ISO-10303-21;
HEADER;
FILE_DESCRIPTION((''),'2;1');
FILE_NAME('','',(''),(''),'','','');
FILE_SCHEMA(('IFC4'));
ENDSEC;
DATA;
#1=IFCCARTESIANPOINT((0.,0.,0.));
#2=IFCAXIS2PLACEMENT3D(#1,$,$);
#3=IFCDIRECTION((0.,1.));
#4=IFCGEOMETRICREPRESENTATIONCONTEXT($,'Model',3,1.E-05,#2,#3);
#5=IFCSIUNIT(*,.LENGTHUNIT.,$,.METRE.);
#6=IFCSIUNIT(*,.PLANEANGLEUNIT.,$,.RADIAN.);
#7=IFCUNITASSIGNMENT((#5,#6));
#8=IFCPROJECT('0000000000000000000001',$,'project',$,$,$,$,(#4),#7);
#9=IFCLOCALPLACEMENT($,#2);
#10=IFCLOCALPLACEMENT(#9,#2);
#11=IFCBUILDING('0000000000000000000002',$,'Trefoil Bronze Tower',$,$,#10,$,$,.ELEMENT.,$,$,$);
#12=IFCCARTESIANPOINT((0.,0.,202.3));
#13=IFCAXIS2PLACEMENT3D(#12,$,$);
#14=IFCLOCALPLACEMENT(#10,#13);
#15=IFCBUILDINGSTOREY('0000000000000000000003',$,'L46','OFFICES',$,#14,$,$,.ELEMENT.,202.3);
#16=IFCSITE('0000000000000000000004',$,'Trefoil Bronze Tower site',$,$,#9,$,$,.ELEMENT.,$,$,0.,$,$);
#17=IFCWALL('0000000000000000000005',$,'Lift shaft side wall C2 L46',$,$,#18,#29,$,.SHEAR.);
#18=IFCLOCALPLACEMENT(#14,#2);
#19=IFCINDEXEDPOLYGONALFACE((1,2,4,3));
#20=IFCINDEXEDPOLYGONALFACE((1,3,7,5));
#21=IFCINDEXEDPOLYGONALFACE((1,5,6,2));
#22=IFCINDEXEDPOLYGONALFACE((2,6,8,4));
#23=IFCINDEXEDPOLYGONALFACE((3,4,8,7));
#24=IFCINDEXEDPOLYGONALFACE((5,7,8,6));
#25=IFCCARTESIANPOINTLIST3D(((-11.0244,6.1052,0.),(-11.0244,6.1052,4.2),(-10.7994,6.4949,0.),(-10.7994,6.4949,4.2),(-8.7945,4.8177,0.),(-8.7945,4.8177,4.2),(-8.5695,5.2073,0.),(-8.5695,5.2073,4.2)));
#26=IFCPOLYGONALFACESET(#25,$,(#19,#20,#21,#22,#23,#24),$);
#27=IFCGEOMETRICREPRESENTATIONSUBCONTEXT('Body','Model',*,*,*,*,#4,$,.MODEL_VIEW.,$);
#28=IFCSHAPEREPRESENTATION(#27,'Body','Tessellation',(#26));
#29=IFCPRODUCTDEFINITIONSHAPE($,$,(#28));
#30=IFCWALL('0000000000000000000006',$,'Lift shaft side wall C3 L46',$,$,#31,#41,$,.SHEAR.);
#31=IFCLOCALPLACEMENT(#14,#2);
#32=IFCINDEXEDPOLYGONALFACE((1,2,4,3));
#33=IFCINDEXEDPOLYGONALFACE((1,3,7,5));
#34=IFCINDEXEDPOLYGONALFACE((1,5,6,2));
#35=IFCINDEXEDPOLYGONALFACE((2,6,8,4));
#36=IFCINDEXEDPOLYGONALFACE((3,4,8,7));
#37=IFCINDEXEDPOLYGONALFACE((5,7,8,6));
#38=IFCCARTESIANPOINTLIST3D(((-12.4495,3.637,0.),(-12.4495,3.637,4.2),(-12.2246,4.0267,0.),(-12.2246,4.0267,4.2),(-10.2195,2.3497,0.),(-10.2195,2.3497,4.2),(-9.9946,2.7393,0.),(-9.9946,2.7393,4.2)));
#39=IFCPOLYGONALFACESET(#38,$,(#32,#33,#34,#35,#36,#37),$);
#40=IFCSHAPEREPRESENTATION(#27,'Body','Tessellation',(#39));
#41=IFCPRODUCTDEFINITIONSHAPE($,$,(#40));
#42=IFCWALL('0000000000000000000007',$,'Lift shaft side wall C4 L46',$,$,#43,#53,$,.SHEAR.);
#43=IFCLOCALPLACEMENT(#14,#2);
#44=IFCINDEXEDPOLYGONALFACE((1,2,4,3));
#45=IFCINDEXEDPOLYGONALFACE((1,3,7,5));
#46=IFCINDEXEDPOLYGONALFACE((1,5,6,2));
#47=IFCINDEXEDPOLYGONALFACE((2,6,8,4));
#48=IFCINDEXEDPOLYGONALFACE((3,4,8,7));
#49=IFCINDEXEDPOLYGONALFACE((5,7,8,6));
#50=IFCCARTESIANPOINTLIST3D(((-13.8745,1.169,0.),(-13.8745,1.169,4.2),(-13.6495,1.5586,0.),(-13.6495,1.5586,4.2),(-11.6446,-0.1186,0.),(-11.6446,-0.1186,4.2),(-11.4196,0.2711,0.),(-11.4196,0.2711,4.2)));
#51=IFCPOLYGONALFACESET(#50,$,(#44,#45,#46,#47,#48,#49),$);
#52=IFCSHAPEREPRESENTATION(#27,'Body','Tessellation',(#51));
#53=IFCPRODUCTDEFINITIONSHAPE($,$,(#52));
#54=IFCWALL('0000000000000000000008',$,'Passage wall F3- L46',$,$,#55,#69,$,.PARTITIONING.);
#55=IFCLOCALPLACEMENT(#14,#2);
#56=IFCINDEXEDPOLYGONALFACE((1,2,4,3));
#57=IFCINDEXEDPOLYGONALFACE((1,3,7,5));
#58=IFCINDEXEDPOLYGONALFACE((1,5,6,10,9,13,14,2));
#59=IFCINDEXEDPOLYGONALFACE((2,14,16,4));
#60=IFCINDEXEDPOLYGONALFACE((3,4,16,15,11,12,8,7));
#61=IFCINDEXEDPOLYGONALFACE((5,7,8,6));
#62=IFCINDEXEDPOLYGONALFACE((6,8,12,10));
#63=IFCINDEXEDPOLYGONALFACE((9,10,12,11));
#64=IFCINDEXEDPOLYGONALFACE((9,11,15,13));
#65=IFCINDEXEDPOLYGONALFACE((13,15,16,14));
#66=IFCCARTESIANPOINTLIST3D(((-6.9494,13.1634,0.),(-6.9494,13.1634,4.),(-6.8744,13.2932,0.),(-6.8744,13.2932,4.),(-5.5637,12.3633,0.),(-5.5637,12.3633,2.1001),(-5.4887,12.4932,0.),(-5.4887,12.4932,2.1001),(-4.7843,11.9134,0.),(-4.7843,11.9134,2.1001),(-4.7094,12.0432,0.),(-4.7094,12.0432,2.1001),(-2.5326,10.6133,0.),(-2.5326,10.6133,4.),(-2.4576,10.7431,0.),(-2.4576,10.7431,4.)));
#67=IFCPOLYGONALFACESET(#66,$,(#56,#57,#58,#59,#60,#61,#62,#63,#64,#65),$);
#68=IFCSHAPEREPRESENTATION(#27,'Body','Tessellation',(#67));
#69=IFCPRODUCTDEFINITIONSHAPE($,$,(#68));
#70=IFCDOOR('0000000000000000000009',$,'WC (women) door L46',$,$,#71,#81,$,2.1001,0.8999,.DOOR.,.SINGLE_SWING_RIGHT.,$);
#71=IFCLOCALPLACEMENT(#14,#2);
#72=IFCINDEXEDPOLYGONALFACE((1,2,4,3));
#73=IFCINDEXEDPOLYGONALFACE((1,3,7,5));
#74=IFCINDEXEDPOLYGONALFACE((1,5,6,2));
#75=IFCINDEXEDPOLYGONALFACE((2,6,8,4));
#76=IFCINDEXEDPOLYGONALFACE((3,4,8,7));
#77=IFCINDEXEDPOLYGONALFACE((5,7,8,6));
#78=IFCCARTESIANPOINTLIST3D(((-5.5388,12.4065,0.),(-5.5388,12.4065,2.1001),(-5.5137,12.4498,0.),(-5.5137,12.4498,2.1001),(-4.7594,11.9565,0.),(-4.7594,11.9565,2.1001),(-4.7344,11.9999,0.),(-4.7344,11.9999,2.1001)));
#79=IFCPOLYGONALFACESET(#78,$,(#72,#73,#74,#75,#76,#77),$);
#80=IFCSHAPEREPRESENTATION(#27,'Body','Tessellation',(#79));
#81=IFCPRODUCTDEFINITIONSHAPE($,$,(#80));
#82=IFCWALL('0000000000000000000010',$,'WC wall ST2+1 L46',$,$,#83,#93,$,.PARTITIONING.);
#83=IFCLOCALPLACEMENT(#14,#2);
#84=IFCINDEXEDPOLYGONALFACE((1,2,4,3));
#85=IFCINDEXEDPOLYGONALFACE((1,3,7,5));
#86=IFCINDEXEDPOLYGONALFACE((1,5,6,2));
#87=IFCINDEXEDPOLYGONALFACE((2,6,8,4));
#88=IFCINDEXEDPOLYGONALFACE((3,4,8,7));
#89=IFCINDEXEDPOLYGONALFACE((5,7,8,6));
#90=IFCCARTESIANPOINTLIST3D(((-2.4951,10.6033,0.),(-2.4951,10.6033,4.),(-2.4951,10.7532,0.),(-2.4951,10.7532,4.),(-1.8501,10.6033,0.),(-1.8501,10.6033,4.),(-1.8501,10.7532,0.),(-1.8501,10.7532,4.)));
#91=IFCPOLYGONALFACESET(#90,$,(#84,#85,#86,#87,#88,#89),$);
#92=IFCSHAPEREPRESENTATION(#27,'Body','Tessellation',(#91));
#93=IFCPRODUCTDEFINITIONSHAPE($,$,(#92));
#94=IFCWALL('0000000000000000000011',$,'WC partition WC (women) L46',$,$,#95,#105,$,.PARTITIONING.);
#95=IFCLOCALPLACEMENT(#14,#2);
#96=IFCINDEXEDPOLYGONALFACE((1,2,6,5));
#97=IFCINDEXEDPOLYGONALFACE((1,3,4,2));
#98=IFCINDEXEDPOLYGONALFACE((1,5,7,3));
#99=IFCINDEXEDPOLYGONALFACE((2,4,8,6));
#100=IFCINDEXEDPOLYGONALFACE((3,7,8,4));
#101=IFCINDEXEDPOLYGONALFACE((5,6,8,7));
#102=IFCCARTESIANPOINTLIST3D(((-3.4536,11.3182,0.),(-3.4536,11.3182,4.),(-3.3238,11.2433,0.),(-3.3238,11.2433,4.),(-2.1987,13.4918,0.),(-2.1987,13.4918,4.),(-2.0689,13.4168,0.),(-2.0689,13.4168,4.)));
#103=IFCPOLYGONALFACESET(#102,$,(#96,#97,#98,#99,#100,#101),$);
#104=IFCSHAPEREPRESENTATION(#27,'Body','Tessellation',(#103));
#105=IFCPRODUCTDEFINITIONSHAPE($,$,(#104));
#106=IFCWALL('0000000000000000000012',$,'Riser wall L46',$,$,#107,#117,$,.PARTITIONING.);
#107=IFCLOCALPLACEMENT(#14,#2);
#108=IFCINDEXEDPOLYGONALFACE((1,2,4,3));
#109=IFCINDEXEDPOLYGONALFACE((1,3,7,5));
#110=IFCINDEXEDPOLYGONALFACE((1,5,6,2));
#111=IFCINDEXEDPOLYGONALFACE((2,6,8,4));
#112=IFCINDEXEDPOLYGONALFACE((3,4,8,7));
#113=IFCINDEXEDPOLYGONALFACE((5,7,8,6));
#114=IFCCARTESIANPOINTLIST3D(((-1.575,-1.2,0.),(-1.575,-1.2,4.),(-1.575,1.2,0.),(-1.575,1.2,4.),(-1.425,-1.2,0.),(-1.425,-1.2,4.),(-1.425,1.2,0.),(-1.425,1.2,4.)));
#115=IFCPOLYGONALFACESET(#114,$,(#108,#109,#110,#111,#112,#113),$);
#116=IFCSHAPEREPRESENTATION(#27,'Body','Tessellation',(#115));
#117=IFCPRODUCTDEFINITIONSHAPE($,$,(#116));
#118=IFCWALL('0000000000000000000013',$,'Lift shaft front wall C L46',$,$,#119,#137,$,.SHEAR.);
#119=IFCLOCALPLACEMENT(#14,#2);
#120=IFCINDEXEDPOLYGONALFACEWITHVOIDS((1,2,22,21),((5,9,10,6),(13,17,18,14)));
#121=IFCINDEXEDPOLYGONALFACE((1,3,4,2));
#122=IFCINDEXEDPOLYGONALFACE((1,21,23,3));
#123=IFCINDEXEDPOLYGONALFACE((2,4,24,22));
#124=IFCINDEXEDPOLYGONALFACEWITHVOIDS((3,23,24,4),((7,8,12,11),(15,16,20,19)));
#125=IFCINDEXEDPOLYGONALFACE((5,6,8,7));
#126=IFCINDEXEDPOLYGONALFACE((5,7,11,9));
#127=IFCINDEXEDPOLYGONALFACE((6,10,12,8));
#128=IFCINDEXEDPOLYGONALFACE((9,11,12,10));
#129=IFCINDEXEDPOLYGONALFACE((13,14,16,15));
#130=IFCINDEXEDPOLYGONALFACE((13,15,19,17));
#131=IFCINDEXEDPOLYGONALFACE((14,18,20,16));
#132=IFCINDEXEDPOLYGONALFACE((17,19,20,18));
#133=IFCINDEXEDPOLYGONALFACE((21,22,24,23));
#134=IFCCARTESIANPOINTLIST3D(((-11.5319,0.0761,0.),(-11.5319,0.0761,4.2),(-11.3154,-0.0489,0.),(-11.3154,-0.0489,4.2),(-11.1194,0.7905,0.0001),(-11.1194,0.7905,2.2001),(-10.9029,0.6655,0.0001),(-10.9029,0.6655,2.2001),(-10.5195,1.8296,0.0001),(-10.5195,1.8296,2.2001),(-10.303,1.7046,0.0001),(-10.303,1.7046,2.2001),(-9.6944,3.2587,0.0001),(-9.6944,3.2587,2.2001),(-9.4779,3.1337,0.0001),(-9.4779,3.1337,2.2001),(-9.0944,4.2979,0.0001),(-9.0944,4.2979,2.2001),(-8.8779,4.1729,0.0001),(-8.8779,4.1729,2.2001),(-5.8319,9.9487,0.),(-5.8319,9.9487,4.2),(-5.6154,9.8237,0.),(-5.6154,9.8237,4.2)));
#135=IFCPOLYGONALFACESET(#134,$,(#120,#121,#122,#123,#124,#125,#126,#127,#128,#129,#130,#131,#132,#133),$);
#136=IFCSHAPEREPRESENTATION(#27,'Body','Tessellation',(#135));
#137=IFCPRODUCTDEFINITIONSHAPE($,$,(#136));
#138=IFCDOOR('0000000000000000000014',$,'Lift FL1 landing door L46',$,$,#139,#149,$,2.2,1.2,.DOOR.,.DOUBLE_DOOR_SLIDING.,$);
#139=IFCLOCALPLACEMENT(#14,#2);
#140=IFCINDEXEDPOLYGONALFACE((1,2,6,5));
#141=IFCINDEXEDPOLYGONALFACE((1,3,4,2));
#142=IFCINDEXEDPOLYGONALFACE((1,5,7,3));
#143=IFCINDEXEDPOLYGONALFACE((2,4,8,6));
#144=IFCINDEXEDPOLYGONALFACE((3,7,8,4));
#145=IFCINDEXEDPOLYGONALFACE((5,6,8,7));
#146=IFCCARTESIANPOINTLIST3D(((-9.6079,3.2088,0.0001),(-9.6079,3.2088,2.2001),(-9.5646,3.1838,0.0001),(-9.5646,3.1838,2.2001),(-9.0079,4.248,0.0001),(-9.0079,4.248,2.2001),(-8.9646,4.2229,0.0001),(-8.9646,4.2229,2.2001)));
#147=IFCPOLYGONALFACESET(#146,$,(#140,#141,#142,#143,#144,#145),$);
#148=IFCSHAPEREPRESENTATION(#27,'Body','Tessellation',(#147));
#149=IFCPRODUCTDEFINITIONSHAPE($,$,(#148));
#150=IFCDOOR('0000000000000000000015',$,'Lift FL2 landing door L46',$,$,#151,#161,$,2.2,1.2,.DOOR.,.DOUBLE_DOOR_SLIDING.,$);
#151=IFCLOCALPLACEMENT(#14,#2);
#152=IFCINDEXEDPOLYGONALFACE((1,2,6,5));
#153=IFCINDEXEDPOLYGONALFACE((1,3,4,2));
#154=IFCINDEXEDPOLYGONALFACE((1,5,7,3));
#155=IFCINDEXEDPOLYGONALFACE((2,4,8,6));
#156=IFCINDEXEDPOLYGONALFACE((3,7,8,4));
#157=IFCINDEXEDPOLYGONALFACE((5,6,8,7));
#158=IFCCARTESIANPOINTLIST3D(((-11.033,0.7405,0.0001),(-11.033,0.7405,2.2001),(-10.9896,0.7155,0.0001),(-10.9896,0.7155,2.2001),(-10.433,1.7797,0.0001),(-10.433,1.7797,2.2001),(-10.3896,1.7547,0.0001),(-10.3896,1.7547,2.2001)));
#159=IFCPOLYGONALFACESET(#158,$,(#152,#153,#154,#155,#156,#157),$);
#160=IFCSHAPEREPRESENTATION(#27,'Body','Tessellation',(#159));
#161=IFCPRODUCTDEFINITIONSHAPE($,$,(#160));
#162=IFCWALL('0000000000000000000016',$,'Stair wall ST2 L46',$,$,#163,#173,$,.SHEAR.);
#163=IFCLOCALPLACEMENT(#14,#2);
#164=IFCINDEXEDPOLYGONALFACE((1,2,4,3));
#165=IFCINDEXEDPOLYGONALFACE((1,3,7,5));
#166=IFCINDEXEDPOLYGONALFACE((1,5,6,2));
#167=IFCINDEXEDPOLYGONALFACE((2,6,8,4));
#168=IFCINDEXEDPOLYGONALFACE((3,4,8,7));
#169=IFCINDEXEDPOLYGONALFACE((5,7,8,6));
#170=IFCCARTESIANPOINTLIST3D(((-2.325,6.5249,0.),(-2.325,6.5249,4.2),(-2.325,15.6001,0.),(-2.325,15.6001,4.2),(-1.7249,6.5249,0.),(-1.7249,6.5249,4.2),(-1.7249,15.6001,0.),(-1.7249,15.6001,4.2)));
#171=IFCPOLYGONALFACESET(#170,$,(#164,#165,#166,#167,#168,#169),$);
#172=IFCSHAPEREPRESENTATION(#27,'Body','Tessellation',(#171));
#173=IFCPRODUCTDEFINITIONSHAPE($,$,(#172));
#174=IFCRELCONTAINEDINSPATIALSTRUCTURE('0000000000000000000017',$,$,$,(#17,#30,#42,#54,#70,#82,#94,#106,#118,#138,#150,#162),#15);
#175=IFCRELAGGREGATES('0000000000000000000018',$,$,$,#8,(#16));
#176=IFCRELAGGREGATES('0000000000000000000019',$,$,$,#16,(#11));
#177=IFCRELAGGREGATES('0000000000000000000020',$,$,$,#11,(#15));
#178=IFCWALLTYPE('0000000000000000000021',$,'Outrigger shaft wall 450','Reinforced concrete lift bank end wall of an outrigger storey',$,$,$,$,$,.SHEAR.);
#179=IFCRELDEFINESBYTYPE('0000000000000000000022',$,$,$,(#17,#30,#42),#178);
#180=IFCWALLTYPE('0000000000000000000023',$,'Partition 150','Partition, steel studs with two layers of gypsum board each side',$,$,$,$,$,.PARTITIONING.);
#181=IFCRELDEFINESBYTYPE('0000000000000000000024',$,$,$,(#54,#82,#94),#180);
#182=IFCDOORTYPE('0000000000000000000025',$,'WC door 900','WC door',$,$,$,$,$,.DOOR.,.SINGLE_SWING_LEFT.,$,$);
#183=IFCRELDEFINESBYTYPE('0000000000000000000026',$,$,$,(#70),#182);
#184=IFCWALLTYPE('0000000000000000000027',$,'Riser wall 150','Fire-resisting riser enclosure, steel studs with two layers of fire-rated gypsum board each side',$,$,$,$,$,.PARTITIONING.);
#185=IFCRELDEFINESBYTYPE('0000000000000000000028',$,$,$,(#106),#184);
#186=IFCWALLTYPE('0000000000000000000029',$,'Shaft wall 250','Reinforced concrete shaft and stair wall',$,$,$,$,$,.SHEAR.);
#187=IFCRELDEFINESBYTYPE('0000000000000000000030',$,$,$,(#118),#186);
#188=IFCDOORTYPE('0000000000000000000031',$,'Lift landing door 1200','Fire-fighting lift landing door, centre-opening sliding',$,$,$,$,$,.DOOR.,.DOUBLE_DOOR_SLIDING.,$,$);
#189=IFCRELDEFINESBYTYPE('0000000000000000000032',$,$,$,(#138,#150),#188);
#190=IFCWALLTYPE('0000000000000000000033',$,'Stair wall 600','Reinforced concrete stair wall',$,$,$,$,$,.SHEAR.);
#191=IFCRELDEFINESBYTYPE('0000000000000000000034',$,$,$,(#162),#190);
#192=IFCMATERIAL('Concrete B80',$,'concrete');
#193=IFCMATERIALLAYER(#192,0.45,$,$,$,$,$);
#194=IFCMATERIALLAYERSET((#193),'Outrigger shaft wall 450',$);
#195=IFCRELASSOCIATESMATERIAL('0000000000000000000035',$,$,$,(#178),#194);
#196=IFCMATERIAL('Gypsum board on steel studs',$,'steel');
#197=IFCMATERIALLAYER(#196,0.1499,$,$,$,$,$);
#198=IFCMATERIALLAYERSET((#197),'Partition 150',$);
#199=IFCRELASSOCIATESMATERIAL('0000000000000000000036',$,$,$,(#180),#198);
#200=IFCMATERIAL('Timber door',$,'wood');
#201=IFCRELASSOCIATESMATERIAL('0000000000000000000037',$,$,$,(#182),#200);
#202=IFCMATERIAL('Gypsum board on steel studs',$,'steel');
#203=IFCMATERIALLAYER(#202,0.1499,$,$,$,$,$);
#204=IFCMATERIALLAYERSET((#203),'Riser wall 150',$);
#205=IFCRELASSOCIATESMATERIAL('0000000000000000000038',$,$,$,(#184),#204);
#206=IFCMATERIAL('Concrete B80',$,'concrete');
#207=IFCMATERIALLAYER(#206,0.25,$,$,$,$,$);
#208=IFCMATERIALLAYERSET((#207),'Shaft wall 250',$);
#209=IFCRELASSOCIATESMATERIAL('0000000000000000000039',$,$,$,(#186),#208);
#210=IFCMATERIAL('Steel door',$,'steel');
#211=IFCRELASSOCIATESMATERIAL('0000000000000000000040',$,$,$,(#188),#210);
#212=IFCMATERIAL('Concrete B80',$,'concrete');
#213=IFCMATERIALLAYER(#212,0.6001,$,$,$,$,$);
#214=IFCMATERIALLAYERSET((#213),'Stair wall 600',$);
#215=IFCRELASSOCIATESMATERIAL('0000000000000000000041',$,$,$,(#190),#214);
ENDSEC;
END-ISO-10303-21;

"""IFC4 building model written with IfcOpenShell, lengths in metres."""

from ifc_helpers import new_model, si_unit, direction, frame, frame_2d, origin, place, context, subcontext, project, spatial, rectangle, extrude, material, layer, layer_set, type_object, element, fill, save


model = new_model("IFC4")

# Units and contexts
model_context = context("Model", 3, precision=1e-05, world=origin(), true_north=direction((0.0, 1.0)))
body_context = subcontext(model_context, "Body", "Model", "MODEL_VIEW")
ifc_project = project(units=[si_unit("LENGTHUNIT", "METRE"), si_unit("PLANEANGLEUNIT", "RADIAN")], contexts=[model_context])

# Site, building, storey
site_placement = place(None, origin())
site = spatial("IfcSite", under=ifc_project, at=site_placement, Name="Trefoil Bronze Tower site", CompositionType="ELEMENT", RefElevation=0.0)
building_placement = place(site_placement, origin())
building = spatial("IfcBuilding", under=site, at=building_placement, Name="Trefoil Bronze Tower", CompositionType="ELEMENT")
storey_placement = place(building_placement, frame((0.0, 0.0, 202.3)))
storey = spatial("IfcBuildingStorey", under=building, at=storey_placement, Name="L46", Description="OFFICES", CompositionType="ELEMENT", Elevation=202.3)

# Walls
ifc_material_1 = material(Name="Concrete B80", Category="concrete")
ifc_layer_1 = layer(ifc_material_1, 0.45)
ifc_layer_set_1 = layer_set([ifc_layer_1], Name="Outrigger shaft wall 450")
wall_type_1 = type_object("IfcWallType", Name="Outrigger shaft wall 450", Description="Reinforced concrete lift bank end wall of an outrigger storey", PredefinedType="SHEAR", material=ifc_layer_set_1)
for number, where, z_axis, x_axis, name in (
    (1, (-8.6819, 5.0125, 0.0), (0.0, 0.0, 1.0), (-0.866006, 0.500034, 0.0), "Lift shaft side wall C2 L46"),
    (2, (-10.1069, 2.5444, 0.0), (0.0, 0.0, 1.0), (-0.866047, 0.499963, 0.0), "Lift shaft side wall C3 L46"),
    (3, (-11.532, 0.0762, 0.0), (0.0, 0.0, 1.0), (-0.866006, 0.500034, 0.0), "Lift shaft side wall C4 L46"),
):
    element("IfcWall", number, at=place(storey_placement, frame(where, z_axis=z_axis, x_axis=x_axis)), inside=storey, type_object=wall_type_1, Name=name, PredefinedType="SHEAR", context=body_context, shape_type="SweptSolid", body=[
        extrude(rectangle(XDim=2.575, YDim=0.45, at=frame_2d((1.2876, 0.0))), origin(), (0.0, 0.0, 1.0), 4.2),
    ])

# Wall, opening, door
ifc_material_2 = material(Name="Gypsum board on steel studs", Category="steel")
ifc_layer_2 = layer(ifc_material_2, 0.1499)
ifc_layer_set_2 = layer_set([ifc_layer_2], Name="Partition 150")
wall_type_2 = type_object("IfcWallType", Name="Partition 150", Description="Partition, steel studs with two layers of gypsum board each side", PredefinedType="PARTITIONING", material=ifc_layer_set_2)
wall_1_placement = place(storey_placement, frame((-2.4951, 10.6782, 0.0), z_axis=(0.0, 0.0, 1.0), x_axis=(-0.866022, 0.500006, 0.0)))
wall_1 = element("IfcWall", 4, at=wall_1_placement, inside=storey, type_object=wall_type_2, Name="Passage wall F3- L46", PredefinedType="PARTITIONING", context=body_context, shape_type="SweptSolid", body=[
    extrude(rectangle(XDim=5.1001, YDim=0.1499, at=frame_2d((2.55, 0.0))), origin(), (0.0, 0.0, 1.0), 4.0),
])
opening_1_placement = place(wall_1_placement, frame((2.6001, 0.0, 0.0)))
opening_1 = element("IfcOpeningElement", 5, at=opening_1_placement, cuts=wall_1, PredefinedType="OPENING", context=body_context, shape_type="SweptSolid", body=[
    extrude(rectangle(XDim=0.8999, YDim=2.1001, at=frame_2d((0.45, 1.05))), frame((0.0, 0.085, 0.0), z_axis=(0.0, -1.0, 0.0), x_axis=(1.0, 0.0, 0.0)), (0.0, 0.0, 1.0), 0.1699),
])
ifc_material_3 = material(Name="Timber door", Category="wood")
door_type_1 = type_object("IfcDoorType", Name="WC door 900", Description="WC door", OperationType="SINGLE_SWING_LEFT", PredefinedType="DOOR", material=ifc_material_3)
door_1_placement = place(opening_1_placement, frame((0.8999, 0.0, 0.0), z_axis=(0.0, 0.0, 1.0), x_axis=(-1.0, 0.0, 0.0)))
door_1 = element("IfcDoor", 6, at=door_1_placement, inside=storey, type_object=door_type_1, Name="WC (women) door L46", OperationType="SINGLE_SWING_RIGHT", OverallHeight=2.1001, OverallWidth=0.8999, PredefinedType="DOOR", context=body_context, shape_type="SweptSolid", body=[
    extrude(rectangle(XDim=0.8999, YDim=2.1001, at=frame_2d((0.45, 1.05))), frame((0.0, 0.0249, 0.0), z_axis=(0.0, -1.0, 0.0), x_axis=(1.0, 0.0, 0.0)), (0.0, 0.0, 1.0), 0.05),
])
fill(opening_1, door_1)

# Walls
wall_2_placement = place(storey_placement, frame((-2.4951, 10.6782, 0.0), z_axis=(0.0, 0.0, 1.0), x_axis=(1.0, 0.0, 0.0)))
element("IfcWall", 7, at=wall_2_placement, inside=storey, type_object=wall_type_2, Name="WC wall ST2+1 L46", PredefinedType="PARTITIONING", context=body_context, shape_type="SweptSolid", body=[
    extrude(rectangle(XDim=0.645, YDim=0.1499, at=frame_2d((0.3225, 0.0))), origin(), (0.0, 0.0, 1.0), 4.0),
])
wall_3_placement = place(storey_placement, frame((-3.3887, 11.2808, 0.0), z_axis=(0.0, 0.0, 1.0), x_axis=(0.499989, 0.866032, 0.0)))
element("IfcWall", 8, at=wall_3_placement, inside=storey, type_object=wall_type_2, Name="WC partition WC (women) L46", PredefinedType="PARTITIONING", context=body_context, shape_type="SweptSolid", body=[
    extrude(rectangle(XDim=2.5098, YDim=0.1499, at=frame_2d((1.2549, 0.0))), origin(), (0.0, 0.0, 1.0), 4.0),
])
ifc_material_4 = material(Name="Gypsum board on steel studs", Category="steel")
ifc_layer_3 = layer(ifc_material_4, 0.1499)
ifc_layer_set_3 = layer_set([ifc_layer_3], Name="Riser wall 150")
wall_type_3 = type_object("IfcWallType", Name="Riser wall 150", Description="Fire-resisting riser enclosure, steel studs with two layers of fire-rated gypsum board each side", PredefinedType="PARTITIONING", material=ifc_layer_set_3)
wall_4_placement = place(storey_placement, frame((-1.5, 1.2, 0.0), z_axis=(0.0, 0.0, 1.0), x_axis=(0.0, -1.0, 0.0)))
element("IfcWall", 9, at=wall_4_placement, inside=storey, type_object=wall_type_3, Name="Riser wall L46", PredefinedType="PARTITIONING", context=body_context, shape_type="SweptSolid", body=[
    extrude(rectangle(XDim=2.3999, YDim=0.1499, at=frame_2d((1.2, 0.0))), origin(), (0.0, 0.0, 1.0), 4.0),
])

# Wall, openings, doors
ifc_material_5 = material(Name="Concrete B80", Category="concrete")
ifc_layer_4 = layer(ifc_material_5, 0.25)
ifc_layer_set_4 = layer_set([ifc_layer_4], Name="Shaft wall 250")
wall_type_4 = type_object("IfcWallType", Name="Shaft wall 250", Description="Reinforced concrete shaft and stair wall", PredefinedType="SHEAR", material=ifc_layer_set_4)
wall_5_placement = place(storey_placement, frame((-5.7236, 9.8862, 0.0), z_axis=(0.0, 0.0, 1.0), x_axis=(-0.500002, -0.866024, 0.0)))
wall_5 = element("IfcWall", 10, at=wall_5_placement, inside=storey, type_object=wall_type_4, Name="Lift shaft front wall C L46", PredefinedType="SHEAR", context=body_context, shape_type="SweptSolid", body=[
    extrude(rectangle(XDim=11.3999, YDim=0.25, at=frame_2d((5.7, 0.0))), origin(), (0.0, 0.0, 1.0), 4.2),
])
opening_2_placement = place(wall_5_placement, frame((6.5249, 0.0, 0.0)))
opening_2 = element("IfcOpeningElement", 11, at=opening_2_placement, cuts=wall_5, PredefinedType="OPENING", context=body_context, shape_type="SweptSolid", body=[
    extrude(rectangle(XDim=1.2, YDim=2.2, at=frame_2d((0.6001, 1.1001))), frame((0.0, 0.135, 0.0), z_axis=(0.0, -1.0, 0.0), x_axis=(1.0, 0.0, 0.0)), (0.0, 0.0, 1.0), 0.27),
])
opening_3_placement = place(wall_5_placement, frame((9.375, 0.0, 0.0)))
opening_3 = element("IfcOpeningElement", 12, at=opening_3_placement, cuts=wall_5, PredefinedType="OPENING", context=body_context, shape_type="SweptSolid", body=[
    extrude(rectangle(XDim=1.2, YDim=2.2, at=frame_2d((0.6001, 1.1001))), frame((0.0, 0.135, 0.0), z_axis=(0.0, -1.0, 0.0), x_axis=(1.0, 0.0, 0.0)), (0.0, 0.0, 1.0), 0.27),
])
ifc_material_6 = material(Name="Steel door", Category="steel")
door_type_2 = type_object("IfcDoorType", Name="Lift landing door 1200", Description="Fire-fighting lift landing door, centre-opening sliding", OperationType="DOUBLE_DOOR_SLIDING", PredefinedType="DOOR", material=ifc_material_6)
door_2_placement = place(opening_2_placement, origin())
door_2 = element("IfcDoor", 13, at=door_2_placement, inside=storey, type_object=door_type_2, Name="Lift FL1 landing door L46", OperationType="DOUBLE_DOOR_SLIDING", OverallHeight=2.2, OverallWidth=1.2, PredefinedType="DOOR", context=body_context, shape_type="SweptSolid", body=[
    extrude(rectangle(XDim=1.2, YDim=2.2, at=frame_2d((0.6001, 1.1001))), frame((0.0, 0.0249, 0.0), z_axis=(0.0, -1.0, 0.0), x_axis=(1.0, 0.0, 0.0)), (0.0, 0.0, 1.0), 0.05),
])
fill(opening_2, door_2)
door_3_placement = place(opening_3_placement, origin())
door_3 = element("IfcDoor", 14, at=door_3_placement, inside=storey, type_object=door_type_2, Name="Lift FL2 landing door L46", OperationType="DOUBLE_DOOR_SLIDING", OverallHeight=2.2, OverallWidth=1.2, PredefinedType="DOOR", context=body_context, shape_type="SweptSolid", body=[
    extrude(rectangle(XDim=1.2, YDim=2.2, at=frame_2d((0.6001, 1.1001))), frame((0.0, 0.0249, 0.0), z_axis=(0.0, -1.0, 0.0), x_axis=(1.0, 0.0, 0.0)), (0.0, 0.0, 1.0), 0.05),
])
fill(opening_3, door_3)

# Wall
ifc_material_7 = material(Name="Concrete B80", Category="concrete")
ifc_layer_5 = layer(ifc_material_7, 0.6001)
ifc_layer_set_5 = layer_set([ifc_layer_5], Name="Stair wall 600")
wall_type_5 = type_object("IfcWallType", Name="Stair wall 600", Description="Reinforced concrete stair wall", PredefinedType="SHEAR", material=ifc_layer_set_5)
wall_6_placement = place(storey_placement, frame((-2.0249, 6.5249, 0.0), z_axis=(0.0, 0.0, 1.0), x_axis=(0.0, 1.0, 0.0)))
element("IfcWall", 15, at=wall_6_placement, inside=storey, type_object=wall_type_5, Name="Stair wall ST2 L46", PredefinedType="SHEAR", context=body_context, shape_type="SweptSolid", body=[
    extrude(rectangle(XDim=9.0752, YDim=0.6001, at=frame_2d((4.5376, 0.0))), origin(), (0.0, 0.0, 1.0), 4.2),
])

save(model, "model.ifc")
